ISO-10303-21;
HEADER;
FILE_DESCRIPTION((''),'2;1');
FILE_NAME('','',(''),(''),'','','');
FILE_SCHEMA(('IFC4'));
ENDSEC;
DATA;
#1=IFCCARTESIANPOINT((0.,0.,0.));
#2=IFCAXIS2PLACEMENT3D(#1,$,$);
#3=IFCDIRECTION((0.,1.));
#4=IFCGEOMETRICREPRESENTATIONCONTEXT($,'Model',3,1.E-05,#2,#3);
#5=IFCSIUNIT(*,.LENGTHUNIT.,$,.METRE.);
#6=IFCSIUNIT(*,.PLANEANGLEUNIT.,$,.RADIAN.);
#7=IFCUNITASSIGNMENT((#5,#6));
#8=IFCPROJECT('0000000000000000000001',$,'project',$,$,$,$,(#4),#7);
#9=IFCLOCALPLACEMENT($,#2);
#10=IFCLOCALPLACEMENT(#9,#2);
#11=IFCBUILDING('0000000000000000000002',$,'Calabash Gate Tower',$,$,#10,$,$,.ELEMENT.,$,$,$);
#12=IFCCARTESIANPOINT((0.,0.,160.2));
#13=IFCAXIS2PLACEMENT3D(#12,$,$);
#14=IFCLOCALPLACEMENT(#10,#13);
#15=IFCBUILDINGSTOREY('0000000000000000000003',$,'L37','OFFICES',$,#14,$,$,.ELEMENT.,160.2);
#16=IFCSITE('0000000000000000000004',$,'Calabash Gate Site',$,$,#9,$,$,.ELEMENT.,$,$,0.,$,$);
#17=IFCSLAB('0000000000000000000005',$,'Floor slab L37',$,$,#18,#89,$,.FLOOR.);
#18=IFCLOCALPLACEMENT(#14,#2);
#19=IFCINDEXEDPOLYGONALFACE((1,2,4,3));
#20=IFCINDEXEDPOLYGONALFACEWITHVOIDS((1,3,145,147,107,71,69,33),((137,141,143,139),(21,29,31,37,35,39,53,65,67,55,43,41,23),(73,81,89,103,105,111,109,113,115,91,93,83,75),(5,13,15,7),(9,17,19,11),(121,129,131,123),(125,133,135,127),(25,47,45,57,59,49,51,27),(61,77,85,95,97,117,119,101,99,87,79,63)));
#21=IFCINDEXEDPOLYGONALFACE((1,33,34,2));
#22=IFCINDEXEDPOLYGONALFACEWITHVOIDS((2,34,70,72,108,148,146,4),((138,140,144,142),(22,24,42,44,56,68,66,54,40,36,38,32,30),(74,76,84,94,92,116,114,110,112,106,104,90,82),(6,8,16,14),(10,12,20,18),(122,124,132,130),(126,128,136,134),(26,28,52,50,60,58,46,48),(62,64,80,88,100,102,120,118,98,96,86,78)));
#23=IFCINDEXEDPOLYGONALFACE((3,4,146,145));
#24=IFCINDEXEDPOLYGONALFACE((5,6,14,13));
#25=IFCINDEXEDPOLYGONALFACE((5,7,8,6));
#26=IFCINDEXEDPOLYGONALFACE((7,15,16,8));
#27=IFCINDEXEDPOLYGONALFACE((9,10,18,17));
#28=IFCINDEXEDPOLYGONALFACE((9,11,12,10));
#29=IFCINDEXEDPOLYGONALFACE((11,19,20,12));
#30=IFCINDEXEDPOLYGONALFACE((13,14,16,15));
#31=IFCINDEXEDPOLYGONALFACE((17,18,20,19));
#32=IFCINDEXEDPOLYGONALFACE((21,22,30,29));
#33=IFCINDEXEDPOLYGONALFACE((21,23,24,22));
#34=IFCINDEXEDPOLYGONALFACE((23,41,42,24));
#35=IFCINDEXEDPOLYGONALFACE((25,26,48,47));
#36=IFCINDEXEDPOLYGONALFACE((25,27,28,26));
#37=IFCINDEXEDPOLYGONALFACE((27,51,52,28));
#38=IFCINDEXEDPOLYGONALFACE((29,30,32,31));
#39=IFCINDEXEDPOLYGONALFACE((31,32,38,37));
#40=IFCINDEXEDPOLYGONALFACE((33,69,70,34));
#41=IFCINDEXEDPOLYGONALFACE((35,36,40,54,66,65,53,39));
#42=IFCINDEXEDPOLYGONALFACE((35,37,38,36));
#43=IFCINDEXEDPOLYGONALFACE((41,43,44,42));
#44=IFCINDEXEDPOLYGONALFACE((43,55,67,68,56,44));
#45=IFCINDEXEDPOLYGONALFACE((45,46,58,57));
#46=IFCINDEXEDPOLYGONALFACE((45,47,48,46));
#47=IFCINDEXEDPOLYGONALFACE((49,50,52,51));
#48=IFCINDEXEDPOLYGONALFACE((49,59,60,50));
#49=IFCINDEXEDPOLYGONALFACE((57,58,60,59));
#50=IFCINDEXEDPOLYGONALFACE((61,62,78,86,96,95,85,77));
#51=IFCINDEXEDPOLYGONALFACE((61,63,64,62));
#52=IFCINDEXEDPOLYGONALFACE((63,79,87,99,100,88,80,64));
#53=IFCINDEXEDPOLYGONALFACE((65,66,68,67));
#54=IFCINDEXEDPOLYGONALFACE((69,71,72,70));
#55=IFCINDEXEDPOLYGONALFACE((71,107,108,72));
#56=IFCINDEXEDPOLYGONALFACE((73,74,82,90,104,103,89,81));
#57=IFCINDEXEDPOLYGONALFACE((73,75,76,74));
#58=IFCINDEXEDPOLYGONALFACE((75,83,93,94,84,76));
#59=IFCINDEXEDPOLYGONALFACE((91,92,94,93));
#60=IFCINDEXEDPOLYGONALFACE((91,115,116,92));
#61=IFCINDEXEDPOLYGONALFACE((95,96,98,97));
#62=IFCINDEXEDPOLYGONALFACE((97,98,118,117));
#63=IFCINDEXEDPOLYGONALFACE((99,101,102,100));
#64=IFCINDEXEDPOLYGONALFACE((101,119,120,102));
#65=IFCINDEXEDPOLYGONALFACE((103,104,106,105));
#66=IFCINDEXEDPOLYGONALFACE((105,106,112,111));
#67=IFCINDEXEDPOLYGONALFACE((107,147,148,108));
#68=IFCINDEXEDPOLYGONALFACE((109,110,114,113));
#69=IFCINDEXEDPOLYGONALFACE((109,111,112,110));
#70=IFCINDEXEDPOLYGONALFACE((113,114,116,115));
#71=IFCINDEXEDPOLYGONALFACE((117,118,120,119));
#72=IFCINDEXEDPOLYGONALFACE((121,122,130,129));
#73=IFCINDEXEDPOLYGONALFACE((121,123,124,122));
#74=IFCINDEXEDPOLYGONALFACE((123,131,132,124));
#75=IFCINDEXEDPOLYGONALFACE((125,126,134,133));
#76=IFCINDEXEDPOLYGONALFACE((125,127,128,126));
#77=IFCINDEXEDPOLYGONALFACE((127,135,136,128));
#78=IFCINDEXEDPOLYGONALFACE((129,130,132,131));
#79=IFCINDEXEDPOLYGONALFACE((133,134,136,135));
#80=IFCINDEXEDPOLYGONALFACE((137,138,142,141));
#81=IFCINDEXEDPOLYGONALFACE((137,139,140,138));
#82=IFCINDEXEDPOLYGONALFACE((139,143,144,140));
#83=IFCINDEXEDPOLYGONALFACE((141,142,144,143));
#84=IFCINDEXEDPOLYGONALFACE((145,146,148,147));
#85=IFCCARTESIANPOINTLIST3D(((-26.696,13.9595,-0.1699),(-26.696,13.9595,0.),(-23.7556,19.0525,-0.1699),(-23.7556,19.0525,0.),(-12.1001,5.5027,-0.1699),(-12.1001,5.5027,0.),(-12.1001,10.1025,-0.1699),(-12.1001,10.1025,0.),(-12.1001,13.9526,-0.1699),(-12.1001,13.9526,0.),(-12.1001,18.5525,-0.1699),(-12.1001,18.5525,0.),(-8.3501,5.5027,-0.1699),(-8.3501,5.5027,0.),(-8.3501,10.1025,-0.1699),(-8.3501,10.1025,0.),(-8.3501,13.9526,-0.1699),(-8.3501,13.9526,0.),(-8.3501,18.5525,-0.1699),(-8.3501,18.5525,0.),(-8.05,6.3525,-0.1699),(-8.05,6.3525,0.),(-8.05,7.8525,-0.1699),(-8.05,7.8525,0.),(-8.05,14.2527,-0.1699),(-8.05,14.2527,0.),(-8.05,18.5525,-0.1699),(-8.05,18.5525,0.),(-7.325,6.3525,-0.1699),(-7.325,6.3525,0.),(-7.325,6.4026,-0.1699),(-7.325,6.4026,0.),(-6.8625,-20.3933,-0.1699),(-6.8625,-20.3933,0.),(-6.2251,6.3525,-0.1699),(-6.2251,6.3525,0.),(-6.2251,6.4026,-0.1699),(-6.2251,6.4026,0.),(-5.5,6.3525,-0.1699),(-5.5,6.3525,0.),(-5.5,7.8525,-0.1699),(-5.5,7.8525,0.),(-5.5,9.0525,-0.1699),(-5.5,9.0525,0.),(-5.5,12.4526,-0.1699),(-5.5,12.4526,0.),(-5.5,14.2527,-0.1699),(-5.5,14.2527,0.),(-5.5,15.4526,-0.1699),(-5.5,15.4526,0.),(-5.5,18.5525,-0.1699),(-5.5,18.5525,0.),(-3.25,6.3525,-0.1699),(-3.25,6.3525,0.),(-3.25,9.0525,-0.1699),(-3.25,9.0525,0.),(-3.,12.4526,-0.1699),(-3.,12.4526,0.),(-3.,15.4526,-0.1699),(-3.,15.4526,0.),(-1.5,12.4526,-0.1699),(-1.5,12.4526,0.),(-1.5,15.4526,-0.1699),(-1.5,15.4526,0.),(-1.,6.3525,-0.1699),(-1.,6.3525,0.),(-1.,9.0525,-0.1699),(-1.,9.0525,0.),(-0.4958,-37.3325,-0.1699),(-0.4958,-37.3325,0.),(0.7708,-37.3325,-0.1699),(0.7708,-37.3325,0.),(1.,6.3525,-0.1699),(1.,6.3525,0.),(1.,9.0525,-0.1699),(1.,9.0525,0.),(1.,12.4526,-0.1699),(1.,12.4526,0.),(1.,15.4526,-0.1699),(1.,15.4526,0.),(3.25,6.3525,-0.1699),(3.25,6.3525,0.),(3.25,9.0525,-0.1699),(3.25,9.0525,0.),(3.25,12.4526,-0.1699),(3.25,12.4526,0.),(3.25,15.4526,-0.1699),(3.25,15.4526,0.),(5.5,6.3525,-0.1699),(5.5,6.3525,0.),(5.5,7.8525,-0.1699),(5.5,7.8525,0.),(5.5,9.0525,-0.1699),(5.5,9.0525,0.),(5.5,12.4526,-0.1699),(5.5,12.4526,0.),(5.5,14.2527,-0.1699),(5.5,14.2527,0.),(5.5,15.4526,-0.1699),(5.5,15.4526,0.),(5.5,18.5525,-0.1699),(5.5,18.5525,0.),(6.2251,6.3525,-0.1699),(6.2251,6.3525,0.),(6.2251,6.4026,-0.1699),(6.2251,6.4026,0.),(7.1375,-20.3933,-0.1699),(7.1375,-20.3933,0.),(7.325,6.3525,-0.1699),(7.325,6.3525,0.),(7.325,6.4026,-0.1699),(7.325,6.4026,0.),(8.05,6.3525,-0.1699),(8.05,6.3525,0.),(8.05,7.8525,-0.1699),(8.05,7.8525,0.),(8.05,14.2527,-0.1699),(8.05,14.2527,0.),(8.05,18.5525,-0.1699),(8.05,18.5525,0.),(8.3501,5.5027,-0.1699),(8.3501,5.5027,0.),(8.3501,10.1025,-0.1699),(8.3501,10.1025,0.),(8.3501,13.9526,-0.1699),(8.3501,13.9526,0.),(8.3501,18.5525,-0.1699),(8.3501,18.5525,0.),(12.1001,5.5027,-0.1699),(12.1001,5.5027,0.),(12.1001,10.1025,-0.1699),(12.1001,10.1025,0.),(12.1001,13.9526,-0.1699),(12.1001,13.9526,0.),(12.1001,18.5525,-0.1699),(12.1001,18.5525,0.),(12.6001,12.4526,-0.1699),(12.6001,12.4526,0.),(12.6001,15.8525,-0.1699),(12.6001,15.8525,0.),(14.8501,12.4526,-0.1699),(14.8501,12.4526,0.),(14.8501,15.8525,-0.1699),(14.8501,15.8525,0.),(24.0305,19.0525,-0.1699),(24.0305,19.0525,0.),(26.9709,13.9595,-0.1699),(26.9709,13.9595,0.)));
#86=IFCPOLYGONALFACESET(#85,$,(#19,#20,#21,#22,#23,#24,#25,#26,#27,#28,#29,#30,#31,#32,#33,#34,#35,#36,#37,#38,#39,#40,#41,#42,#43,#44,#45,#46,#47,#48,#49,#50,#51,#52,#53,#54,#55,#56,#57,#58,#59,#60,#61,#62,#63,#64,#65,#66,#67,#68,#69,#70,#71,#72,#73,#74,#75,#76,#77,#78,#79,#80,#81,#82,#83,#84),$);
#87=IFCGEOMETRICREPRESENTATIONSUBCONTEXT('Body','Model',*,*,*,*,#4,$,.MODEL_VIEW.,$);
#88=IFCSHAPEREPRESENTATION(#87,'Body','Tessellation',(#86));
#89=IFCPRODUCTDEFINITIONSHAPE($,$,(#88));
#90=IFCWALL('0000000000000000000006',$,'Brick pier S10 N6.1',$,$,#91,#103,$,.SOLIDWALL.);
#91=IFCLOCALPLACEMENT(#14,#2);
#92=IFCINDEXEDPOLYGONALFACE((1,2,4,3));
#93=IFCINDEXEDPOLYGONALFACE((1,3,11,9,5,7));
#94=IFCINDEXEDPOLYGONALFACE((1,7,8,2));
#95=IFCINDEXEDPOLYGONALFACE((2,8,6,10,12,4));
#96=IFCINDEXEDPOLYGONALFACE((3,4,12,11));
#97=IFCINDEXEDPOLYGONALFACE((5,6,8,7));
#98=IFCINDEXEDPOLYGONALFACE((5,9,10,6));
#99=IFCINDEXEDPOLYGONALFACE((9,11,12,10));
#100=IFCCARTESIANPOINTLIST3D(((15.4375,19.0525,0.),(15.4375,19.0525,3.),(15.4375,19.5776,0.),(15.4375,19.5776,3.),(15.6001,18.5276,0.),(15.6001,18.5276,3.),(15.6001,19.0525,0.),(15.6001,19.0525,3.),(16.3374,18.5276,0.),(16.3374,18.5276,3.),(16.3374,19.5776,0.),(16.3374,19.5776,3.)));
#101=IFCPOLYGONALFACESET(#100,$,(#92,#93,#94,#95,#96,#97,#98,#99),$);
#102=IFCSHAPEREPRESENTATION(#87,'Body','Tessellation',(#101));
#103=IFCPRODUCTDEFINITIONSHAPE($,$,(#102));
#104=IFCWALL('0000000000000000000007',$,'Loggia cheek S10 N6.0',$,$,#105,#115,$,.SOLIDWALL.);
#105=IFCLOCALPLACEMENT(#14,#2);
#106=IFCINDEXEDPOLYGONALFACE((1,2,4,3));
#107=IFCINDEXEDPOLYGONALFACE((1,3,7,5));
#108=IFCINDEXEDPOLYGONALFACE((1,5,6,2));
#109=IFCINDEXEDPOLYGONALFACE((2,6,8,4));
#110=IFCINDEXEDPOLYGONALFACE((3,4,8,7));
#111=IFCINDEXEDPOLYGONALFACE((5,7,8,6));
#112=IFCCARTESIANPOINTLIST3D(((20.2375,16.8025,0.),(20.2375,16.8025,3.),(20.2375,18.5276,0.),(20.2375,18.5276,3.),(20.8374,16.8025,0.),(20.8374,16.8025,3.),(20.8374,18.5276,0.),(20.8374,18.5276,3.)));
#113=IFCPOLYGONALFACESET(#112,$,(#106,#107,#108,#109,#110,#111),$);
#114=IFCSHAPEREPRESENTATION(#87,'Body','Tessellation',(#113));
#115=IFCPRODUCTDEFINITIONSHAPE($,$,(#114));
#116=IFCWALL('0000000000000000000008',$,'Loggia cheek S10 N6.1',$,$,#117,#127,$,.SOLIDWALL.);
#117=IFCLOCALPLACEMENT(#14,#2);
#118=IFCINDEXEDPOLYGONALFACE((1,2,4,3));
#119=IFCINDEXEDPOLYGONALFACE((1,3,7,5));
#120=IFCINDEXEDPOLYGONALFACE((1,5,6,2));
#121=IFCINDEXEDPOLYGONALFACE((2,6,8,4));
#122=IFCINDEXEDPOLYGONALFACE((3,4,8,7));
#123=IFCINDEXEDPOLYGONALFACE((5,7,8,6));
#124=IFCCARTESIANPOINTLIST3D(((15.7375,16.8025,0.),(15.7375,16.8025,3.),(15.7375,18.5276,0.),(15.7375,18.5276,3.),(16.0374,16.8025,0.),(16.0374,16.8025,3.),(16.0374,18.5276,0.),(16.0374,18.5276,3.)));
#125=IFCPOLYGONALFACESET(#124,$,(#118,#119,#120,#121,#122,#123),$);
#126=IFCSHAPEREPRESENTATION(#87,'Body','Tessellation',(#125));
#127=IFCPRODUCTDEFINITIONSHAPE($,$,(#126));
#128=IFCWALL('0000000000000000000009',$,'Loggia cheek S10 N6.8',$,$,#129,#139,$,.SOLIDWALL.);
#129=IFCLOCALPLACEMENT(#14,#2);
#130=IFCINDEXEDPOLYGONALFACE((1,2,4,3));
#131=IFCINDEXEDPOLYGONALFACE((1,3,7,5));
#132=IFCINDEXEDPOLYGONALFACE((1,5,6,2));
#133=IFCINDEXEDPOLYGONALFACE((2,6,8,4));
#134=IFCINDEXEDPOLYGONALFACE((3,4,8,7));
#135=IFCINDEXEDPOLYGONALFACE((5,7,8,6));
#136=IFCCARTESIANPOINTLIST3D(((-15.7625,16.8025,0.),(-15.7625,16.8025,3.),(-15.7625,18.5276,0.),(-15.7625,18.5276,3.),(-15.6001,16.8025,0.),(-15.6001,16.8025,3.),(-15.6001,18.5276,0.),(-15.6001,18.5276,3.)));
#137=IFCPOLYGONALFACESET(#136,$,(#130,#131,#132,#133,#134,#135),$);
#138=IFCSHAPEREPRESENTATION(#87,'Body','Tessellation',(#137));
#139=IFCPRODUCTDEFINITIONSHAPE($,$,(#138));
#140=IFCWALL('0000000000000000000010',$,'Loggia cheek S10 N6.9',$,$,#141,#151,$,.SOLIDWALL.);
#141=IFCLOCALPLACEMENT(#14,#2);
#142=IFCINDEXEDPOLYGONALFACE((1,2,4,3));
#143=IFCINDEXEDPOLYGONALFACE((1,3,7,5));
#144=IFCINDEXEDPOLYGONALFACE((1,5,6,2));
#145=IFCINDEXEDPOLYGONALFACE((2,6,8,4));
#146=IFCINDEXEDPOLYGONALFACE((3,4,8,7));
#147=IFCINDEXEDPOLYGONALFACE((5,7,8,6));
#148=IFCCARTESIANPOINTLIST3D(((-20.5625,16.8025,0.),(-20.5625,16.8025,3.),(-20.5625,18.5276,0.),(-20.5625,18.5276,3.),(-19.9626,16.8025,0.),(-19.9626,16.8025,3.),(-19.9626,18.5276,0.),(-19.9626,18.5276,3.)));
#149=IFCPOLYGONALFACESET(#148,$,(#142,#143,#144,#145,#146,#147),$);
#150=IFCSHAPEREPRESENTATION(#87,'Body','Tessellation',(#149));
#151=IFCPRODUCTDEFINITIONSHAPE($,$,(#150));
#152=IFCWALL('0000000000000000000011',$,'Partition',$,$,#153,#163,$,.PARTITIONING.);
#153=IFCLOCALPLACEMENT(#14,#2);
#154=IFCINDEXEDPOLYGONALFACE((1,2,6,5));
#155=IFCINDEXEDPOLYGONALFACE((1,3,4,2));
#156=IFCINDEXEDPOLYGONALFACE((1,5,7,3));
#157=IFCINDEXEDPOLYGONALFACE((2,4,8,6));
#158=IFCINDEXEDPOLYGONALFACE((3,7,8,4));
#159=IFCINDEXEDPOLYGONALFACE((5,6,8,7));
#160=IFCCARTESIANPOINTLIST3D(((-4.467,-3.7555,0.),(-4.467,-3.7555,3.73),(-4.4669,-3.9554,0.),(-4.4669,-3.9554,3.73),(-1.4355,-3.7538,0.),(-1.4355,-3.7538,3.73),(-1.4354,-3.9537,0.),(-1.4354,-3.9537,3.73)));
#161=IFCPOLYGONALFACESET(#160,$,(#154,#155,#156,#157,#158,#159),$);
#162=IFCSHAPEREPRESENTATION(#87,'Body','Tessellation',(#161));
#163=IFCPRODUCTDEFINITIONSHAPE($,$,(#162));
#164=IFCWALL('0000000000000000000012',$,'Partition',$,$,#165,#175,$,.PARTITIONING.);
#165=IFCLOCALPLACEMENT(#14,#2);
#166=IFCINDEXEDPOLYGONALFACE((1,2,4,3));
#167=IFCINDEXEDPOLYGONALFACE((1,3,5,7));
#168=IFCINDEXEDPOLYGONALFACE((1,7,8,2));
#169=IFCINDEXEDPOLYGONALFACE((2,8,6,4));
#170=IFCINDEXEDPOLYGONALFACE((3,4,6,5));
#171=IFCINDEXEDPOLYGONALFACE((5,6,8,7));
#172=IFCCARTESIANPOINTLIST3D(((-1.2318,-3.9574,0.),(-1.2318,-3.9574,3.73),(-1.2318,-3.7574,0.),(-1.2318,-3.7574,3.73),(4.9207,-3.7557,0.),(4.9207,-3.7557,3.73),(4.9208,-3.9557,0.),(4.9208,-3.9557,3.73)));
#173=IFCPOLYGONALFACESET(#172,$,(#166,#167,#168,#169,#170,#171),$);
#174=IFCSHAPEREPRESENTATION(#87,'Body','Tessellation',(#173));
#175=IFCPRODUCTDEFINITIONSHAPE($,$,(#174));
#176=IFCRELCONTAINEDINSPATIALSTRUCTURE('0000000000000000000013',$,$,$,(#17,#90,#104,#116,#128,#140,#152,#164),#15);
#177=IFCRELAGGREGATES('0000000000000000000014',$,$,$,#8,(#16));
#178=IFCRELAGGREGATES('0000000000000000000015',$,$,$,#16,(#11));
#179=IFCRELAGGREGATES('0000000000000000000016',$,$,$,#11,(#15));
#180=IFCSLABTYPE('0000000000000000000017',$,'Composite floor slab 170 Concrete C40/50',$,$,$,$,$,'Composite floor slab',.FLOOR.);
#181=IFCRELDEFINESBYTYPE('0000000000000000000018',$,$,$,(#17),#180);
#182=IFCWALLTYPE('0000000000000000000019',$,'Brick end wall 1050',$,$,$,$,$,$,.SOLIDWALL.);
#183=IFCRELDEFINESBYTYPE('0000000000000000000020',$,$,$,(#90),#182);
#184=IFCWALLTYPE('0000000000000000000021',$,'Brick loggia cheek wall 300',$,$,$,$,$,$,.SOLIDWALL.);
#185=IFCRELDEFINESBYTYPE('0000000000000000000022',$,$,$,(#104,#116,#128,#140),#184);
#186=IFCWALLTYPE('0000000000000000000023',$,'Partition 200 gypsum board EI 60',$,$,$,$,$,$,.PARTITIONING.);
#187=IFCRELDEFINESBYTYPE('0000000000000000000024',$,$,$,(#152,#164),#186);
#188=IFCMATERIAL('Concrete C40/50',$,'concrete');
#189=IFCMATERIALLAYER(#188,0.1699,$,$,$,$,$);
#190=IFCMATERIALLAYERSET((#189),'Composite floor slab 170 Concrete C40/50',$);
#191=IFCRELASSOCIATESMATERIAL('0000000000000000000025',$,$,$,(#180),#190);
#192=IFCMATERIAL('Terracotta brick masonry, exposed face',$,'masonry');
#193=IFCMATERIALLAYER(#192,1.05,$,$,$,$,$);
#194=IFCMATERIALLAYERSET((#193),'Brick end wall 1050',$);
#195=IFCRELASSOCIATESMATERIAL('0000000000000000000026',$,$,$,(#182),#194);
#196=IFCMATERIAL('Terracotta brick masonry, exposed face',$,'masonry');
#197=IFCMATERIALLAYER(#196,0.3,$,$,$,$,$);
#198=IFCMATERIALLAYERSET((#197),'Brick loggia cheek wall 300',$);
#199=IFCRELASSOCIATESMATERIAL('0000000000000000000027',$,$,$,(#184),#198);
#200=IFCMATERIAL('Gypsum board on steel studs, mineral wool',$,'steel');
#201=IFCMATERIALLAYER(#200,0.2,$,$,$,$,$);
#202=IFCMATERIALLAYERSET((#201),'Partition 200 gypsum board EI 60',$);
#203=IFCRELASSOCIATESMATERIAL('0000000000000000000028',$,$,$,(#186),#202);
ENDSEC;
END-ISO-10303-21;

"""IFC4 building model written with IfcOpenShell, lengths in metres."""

from ifc_helpers import new_model, si_unit, direction, frame, frame_2d, origin, place, context, subcontext, project, spatial, polyline, rectangle, outline, extrude, material, layer, layer_set, type_object, element, save


model = new_model("IFC4")

# Units and contexts
model_context = context("Model", 3, precision=1e-05, world=origin(), true_north=direction((0.0, 1.0)))
body_context = subcontext(model_context, "Body", "Model", "MODEL_VIEW")
ifc_project = project(units=[si_unit("LENGTHUNIT", "METRE"), si_unit("PLANEANGLEUNIT", "RADIAN")], contexts=[model_context])

# Site, building, storey
site_placement = place(None, origin())
site = spatial("IfcSite", under=ifc_project, at=site_placement, Name="Calabash Gate Site", CompositionType="ELEMENT", RefElevation=0.0)
building_placement = place(site_placement, origin())
building = spatial("IfcBuilding", under=site, at=building_placement, Name="Calabash Gate Tower", CompositionType="ELEMENT")
storey_placement = place(building_placement, frame((0.0, 0.0, 160.2)))
storey = spatial("IfcBuildingStorey", under=building, at=storey_placement, Name="L37", Description="OFFICES", CompositionType="ELEMENT", Elevation=160.2)

# Slab
ifc_material_1 = material(Name="Concrete C40/50", Category="concrete")
ifc_layer_1 = layer(ifc_material_1, 0.1699)
ifc_layer_set_1 = layer_set([ifc_layer_1], Name="Composite floor slab 170 Concrete C40/50")
slab_type = type_object("IfcSlabType", Name="Composite floor slab 170 Concrete C40/50", ElementType="Composite floor slab", PredefinedType="FLOOR", material=ifc_layer_set_1)
slab_placement = place(storey_placement, frame((0.0, 0.0, -0.1699)))
element("IfcSlab", 1, at=slab_placement, inside=storey, type_object=slab_type, Name="Floor slab L37", PredefinedType="FLOOR", context=body_context, shape_type="SweptSolid", body=[
    extrude(outline(polyline([(-23.7556, 19.0525), (24.0305, 19.0525), (26.9709, 13.9595), (7.1375, -20.3933), (0.7708, -37.3325), (-0.4958, -37.3325), (-6.8625, -20.3933), (-26.696, 13.9595), (-23.7556, 19.0525)]), holes=[polyline([(-3.25, 9.0525), (-5.5, 9.0525), (-5.5, 7.8525), (-8.05, 7.8525), (-8.05, 6.3525), (-7.325, 6.3525), (-7.325, 6.4026), (-6.2251, 6.4026), (-6.2251, 6.3525), (-5.5, 6.3525), (-3.25, 6.3525), (-1.0, 6.3525), (-1.0, 9.0525), (-3.25, 9.0525)]), polyline([(5.5, 6.3525), (6.2251, 6.3525), (6.2251, 6.4026), (7.325, 6.4026), (7.325, 6.3525), (8.05, 6.3525), (8.05, 7.8525), (5.5, 7.8525), (5.5, 9.0525), (3.25, 9.0525), (1.0, 9.0525), (1.0, 6.3525), (3.25, 6.3525), (5.5, 6.3525)]), polyline([(-5.5, 12.4526), (-3.0, 12.4526), (-3.0, 15.4526), (-5.5, 15.4526), (-5.5, 18.5525), (-8.05, 18.5525), (-8.05, 14.2527), (-5.5, 14.2527), (-5.5, 12.4526)]), polyline([(-1.5, 15.4526), (-1.5, 12.4526), (1.0, 12.4526), (3.25, 12.4526), (5.5, 12.4526), (5.5, 14.2527), (8.05, 14.2527), (8.05, 18.5525), (5.5, 18.5525), (5.5, 15.4526), (3.25, 15.4526), (1.0, 15.4526), (-1.5, 15.4526)]), polyline([(14.8501, 15.8525), (12.6001, 15.8525), (12.6001, 12.4526), (14.8501, 12.4526), (14.8501, 15.8525)]), polyline([(-8.3501, 18.5525), (-12.1001, 18.5525), (-12.1001, 13.9526), (-8.3501, 13.9526), (-8.3501, 18.5525)]), polyline([(-12.1001, 10.1025), (-12.1001, 5.5027), (-8.3501, 5.5027), (-8.3501, 10.1025), (-12.1001, 10.1025)]), polyline([(8.3501, 13.9526), (12.1001, 13.9526), (12.1001, 18.5525), (8.3501, 18.5525), (8.3501, 13.9526)]), polyline([(12.1001, 5.5027), (12.1001, 10.1025), (8.3501, 10.1025), (8.3501, 5.5027), (12.1001, 5.5027)])]), origin(), (0.0, 0.0, 1.0), 0.1699),
])

# Walls
ifc_material_2 = material(Name="Terracotta brick masonry, exposed face", Category="masonry")
ifc_layer_2 = layer(ifc_material_2, 1.05)
ifc_layer_set_2 = layer_set([ifc_layer_2], Name="Brick end wall 1050")
wall_type_1 = type_object("IfcWallType", Name="Brick end wall 1050", PredefinedType="SOLIDWALL", material=ifc_layer_set_2)
wall_1_placement = place(storey_placement, origin())
element("IfcWall", 2, at=wall_1_placement, inside=storey, type_object=wall_type_1, Name="Brick pier S10 N6.1", PredefinedType="SOLIDWALL", context=body_context, shape_type="SweptSolid", body=[
    extrude(outline(polyline([(16.3374, 18.5276), (16.3374, 19.5776), (15.4375, 19.5776), (15.4375, 19.0525), (15.6001, 19.0525), (15.6001, 18.5276), (16.3374, 18.5276)])), origin(), (0.0, 0.0, 1.0), 3.0),
])
ifc_material_3 = material(Name="Terracotta brick masonry, exposed face", Category="masonry")
ifc_layer_3 = layer(ifc_material_3, 0.3)
ifc_layer_set_3 = layer_set([ifc_layer_3], Name="Brick loggia cheek wall 300")
wall_type_2 = type_object("IfcWallType", Name="Brick loggia cheek wall 300", PredefinedType="SOLIDWALL", material=ifc_layer_set_3)
wall_2_placement = place(storey_placement, origin())
element("IfcWall", 3, at=wall_2_placement, inside=storey, type_object=wall_type_2, Name="Loggia cheek S10 N6.0", PredefinedType="SOLIDWALL", context=body_context, shape_type="SweptSolid", body=[
    extrude(outline(polyline([(20.8374, 16.8025), (20.8374, 18.5276), (20.2375, 18.5276), (20.2375, 16.8025), (20.8374, 16.8025)])), origin(), (0.0, 0.0, 1.0), 3.0),
])
wall_3_placement = place(storey_placement, origin())
element("IfcWall", 4, at=wall_3_placement, inside=storey, type_object=wall_type_2, Name="Loggia cheek S10 N6.1", PredefinedType="SOLIDWALL", context=body_context, shape_type="SweptSolid", body=[
    extrude(outline(polyline([(15.7375, 18.5276), (15.7375, 16.8025), (16.0374, 16.8025), (16.0374, 18.5276), (15.7375, 18.5276)])), origin(), (0.0, 0.0, 1.0), 3.0),
])
wall_4_placement = place(storey_placement, origin())
element("IfcWall", 5, at=wall_4_placement, inside=storey, type_object=wall_type_2, Name="Loggia cheek S10 N6.8", PredefinedType="SOLIDWALL", context=body_context, shape_type="SweptSolid", body=[
    extrude(outline(polyline([(-15.7625, 16.8025), (-15.6001, 16.8025), (-15.6001, 18.5276), (-15.7625, 18.5276), (-15.7625, 16.8025)])), origin(), (0.0, 0.0, 1.0), 3.0),
])
wall_5_placement = place(storey_placement, origin())
element("IfcWall", 6, at=wall_5_placement, inside=storey, type_object=wall_type_2, Name="Loggia cheek S10 N6.9", PredefinedType="SOLIDWALL", context=body_context, shape_type="SweptSolid", body=[
    extrude(outline(polyline([(-20.5625, 18.5276), (-20.5625, 16.8025), (-19.9626, 16.8025), (-19.9626, 18.5276), (-20.5625, 18.5276)])), origin(), (0.0, 0.0, 1.0), 3.0),
])
ifc_material_4 = material(Name="Gypsum board on steel studs, mineral wool", Category="steel")
ifc_layer_4 = layer(ifc_material_4, 0.2)
ifc_layer_set_4 = layer_set([ifc_layer_4], Name="Partition 200 gypsum board EI 60")
wall_type_3 = type_object("IfcWallType", Name="Partition 200 gypsum board EI 60", PredefinedType="PARTITIONING", material=ifc_layer_set_4)
wall_6_placement = place(storey_placement, frame((-4.4668, -3.8555, 0.0), z_axis=(0.0, 0.0, 1.0), x_axis=(1.0, 0.000564, 0.0)))
element("IfcWall", 7, at=wall_6_placement, inside=storey, type_object=wall_type_3, Name="Partition", PredefinedType="PARTITIONING", context=body_context, shape_type="SweptSolid", body=[
    extrude(rectangle(XDim=3.0315, YDim=0.2, at=frame_2d((1.5156, 0.0))), origin(), (0.0, 0.0, 1.0), 3.73),
])
wall_7_placement = place(storey_placement, frame((-1.2317, -3.8574, 0.0), z_axis=(0.0, 0.0, 1.0), x_axis=(1.0, 0.000278, 0.0)))
element("IfcWall", 8, at=wall_7_placement, inside=storey, type_object=wall_type_3, Name="Partition", PredefinedType="PARTITIONING", context=body_context, shape_type="SweptSolid", body=[
    extrude(rectangle(XDim=6.1526, YDim=0.2, at=frame_2d((3.0762, 0.0))), origin(), (0.0, 0.0, 1.0), 3.73),
])

save(model, "model.ifc")
